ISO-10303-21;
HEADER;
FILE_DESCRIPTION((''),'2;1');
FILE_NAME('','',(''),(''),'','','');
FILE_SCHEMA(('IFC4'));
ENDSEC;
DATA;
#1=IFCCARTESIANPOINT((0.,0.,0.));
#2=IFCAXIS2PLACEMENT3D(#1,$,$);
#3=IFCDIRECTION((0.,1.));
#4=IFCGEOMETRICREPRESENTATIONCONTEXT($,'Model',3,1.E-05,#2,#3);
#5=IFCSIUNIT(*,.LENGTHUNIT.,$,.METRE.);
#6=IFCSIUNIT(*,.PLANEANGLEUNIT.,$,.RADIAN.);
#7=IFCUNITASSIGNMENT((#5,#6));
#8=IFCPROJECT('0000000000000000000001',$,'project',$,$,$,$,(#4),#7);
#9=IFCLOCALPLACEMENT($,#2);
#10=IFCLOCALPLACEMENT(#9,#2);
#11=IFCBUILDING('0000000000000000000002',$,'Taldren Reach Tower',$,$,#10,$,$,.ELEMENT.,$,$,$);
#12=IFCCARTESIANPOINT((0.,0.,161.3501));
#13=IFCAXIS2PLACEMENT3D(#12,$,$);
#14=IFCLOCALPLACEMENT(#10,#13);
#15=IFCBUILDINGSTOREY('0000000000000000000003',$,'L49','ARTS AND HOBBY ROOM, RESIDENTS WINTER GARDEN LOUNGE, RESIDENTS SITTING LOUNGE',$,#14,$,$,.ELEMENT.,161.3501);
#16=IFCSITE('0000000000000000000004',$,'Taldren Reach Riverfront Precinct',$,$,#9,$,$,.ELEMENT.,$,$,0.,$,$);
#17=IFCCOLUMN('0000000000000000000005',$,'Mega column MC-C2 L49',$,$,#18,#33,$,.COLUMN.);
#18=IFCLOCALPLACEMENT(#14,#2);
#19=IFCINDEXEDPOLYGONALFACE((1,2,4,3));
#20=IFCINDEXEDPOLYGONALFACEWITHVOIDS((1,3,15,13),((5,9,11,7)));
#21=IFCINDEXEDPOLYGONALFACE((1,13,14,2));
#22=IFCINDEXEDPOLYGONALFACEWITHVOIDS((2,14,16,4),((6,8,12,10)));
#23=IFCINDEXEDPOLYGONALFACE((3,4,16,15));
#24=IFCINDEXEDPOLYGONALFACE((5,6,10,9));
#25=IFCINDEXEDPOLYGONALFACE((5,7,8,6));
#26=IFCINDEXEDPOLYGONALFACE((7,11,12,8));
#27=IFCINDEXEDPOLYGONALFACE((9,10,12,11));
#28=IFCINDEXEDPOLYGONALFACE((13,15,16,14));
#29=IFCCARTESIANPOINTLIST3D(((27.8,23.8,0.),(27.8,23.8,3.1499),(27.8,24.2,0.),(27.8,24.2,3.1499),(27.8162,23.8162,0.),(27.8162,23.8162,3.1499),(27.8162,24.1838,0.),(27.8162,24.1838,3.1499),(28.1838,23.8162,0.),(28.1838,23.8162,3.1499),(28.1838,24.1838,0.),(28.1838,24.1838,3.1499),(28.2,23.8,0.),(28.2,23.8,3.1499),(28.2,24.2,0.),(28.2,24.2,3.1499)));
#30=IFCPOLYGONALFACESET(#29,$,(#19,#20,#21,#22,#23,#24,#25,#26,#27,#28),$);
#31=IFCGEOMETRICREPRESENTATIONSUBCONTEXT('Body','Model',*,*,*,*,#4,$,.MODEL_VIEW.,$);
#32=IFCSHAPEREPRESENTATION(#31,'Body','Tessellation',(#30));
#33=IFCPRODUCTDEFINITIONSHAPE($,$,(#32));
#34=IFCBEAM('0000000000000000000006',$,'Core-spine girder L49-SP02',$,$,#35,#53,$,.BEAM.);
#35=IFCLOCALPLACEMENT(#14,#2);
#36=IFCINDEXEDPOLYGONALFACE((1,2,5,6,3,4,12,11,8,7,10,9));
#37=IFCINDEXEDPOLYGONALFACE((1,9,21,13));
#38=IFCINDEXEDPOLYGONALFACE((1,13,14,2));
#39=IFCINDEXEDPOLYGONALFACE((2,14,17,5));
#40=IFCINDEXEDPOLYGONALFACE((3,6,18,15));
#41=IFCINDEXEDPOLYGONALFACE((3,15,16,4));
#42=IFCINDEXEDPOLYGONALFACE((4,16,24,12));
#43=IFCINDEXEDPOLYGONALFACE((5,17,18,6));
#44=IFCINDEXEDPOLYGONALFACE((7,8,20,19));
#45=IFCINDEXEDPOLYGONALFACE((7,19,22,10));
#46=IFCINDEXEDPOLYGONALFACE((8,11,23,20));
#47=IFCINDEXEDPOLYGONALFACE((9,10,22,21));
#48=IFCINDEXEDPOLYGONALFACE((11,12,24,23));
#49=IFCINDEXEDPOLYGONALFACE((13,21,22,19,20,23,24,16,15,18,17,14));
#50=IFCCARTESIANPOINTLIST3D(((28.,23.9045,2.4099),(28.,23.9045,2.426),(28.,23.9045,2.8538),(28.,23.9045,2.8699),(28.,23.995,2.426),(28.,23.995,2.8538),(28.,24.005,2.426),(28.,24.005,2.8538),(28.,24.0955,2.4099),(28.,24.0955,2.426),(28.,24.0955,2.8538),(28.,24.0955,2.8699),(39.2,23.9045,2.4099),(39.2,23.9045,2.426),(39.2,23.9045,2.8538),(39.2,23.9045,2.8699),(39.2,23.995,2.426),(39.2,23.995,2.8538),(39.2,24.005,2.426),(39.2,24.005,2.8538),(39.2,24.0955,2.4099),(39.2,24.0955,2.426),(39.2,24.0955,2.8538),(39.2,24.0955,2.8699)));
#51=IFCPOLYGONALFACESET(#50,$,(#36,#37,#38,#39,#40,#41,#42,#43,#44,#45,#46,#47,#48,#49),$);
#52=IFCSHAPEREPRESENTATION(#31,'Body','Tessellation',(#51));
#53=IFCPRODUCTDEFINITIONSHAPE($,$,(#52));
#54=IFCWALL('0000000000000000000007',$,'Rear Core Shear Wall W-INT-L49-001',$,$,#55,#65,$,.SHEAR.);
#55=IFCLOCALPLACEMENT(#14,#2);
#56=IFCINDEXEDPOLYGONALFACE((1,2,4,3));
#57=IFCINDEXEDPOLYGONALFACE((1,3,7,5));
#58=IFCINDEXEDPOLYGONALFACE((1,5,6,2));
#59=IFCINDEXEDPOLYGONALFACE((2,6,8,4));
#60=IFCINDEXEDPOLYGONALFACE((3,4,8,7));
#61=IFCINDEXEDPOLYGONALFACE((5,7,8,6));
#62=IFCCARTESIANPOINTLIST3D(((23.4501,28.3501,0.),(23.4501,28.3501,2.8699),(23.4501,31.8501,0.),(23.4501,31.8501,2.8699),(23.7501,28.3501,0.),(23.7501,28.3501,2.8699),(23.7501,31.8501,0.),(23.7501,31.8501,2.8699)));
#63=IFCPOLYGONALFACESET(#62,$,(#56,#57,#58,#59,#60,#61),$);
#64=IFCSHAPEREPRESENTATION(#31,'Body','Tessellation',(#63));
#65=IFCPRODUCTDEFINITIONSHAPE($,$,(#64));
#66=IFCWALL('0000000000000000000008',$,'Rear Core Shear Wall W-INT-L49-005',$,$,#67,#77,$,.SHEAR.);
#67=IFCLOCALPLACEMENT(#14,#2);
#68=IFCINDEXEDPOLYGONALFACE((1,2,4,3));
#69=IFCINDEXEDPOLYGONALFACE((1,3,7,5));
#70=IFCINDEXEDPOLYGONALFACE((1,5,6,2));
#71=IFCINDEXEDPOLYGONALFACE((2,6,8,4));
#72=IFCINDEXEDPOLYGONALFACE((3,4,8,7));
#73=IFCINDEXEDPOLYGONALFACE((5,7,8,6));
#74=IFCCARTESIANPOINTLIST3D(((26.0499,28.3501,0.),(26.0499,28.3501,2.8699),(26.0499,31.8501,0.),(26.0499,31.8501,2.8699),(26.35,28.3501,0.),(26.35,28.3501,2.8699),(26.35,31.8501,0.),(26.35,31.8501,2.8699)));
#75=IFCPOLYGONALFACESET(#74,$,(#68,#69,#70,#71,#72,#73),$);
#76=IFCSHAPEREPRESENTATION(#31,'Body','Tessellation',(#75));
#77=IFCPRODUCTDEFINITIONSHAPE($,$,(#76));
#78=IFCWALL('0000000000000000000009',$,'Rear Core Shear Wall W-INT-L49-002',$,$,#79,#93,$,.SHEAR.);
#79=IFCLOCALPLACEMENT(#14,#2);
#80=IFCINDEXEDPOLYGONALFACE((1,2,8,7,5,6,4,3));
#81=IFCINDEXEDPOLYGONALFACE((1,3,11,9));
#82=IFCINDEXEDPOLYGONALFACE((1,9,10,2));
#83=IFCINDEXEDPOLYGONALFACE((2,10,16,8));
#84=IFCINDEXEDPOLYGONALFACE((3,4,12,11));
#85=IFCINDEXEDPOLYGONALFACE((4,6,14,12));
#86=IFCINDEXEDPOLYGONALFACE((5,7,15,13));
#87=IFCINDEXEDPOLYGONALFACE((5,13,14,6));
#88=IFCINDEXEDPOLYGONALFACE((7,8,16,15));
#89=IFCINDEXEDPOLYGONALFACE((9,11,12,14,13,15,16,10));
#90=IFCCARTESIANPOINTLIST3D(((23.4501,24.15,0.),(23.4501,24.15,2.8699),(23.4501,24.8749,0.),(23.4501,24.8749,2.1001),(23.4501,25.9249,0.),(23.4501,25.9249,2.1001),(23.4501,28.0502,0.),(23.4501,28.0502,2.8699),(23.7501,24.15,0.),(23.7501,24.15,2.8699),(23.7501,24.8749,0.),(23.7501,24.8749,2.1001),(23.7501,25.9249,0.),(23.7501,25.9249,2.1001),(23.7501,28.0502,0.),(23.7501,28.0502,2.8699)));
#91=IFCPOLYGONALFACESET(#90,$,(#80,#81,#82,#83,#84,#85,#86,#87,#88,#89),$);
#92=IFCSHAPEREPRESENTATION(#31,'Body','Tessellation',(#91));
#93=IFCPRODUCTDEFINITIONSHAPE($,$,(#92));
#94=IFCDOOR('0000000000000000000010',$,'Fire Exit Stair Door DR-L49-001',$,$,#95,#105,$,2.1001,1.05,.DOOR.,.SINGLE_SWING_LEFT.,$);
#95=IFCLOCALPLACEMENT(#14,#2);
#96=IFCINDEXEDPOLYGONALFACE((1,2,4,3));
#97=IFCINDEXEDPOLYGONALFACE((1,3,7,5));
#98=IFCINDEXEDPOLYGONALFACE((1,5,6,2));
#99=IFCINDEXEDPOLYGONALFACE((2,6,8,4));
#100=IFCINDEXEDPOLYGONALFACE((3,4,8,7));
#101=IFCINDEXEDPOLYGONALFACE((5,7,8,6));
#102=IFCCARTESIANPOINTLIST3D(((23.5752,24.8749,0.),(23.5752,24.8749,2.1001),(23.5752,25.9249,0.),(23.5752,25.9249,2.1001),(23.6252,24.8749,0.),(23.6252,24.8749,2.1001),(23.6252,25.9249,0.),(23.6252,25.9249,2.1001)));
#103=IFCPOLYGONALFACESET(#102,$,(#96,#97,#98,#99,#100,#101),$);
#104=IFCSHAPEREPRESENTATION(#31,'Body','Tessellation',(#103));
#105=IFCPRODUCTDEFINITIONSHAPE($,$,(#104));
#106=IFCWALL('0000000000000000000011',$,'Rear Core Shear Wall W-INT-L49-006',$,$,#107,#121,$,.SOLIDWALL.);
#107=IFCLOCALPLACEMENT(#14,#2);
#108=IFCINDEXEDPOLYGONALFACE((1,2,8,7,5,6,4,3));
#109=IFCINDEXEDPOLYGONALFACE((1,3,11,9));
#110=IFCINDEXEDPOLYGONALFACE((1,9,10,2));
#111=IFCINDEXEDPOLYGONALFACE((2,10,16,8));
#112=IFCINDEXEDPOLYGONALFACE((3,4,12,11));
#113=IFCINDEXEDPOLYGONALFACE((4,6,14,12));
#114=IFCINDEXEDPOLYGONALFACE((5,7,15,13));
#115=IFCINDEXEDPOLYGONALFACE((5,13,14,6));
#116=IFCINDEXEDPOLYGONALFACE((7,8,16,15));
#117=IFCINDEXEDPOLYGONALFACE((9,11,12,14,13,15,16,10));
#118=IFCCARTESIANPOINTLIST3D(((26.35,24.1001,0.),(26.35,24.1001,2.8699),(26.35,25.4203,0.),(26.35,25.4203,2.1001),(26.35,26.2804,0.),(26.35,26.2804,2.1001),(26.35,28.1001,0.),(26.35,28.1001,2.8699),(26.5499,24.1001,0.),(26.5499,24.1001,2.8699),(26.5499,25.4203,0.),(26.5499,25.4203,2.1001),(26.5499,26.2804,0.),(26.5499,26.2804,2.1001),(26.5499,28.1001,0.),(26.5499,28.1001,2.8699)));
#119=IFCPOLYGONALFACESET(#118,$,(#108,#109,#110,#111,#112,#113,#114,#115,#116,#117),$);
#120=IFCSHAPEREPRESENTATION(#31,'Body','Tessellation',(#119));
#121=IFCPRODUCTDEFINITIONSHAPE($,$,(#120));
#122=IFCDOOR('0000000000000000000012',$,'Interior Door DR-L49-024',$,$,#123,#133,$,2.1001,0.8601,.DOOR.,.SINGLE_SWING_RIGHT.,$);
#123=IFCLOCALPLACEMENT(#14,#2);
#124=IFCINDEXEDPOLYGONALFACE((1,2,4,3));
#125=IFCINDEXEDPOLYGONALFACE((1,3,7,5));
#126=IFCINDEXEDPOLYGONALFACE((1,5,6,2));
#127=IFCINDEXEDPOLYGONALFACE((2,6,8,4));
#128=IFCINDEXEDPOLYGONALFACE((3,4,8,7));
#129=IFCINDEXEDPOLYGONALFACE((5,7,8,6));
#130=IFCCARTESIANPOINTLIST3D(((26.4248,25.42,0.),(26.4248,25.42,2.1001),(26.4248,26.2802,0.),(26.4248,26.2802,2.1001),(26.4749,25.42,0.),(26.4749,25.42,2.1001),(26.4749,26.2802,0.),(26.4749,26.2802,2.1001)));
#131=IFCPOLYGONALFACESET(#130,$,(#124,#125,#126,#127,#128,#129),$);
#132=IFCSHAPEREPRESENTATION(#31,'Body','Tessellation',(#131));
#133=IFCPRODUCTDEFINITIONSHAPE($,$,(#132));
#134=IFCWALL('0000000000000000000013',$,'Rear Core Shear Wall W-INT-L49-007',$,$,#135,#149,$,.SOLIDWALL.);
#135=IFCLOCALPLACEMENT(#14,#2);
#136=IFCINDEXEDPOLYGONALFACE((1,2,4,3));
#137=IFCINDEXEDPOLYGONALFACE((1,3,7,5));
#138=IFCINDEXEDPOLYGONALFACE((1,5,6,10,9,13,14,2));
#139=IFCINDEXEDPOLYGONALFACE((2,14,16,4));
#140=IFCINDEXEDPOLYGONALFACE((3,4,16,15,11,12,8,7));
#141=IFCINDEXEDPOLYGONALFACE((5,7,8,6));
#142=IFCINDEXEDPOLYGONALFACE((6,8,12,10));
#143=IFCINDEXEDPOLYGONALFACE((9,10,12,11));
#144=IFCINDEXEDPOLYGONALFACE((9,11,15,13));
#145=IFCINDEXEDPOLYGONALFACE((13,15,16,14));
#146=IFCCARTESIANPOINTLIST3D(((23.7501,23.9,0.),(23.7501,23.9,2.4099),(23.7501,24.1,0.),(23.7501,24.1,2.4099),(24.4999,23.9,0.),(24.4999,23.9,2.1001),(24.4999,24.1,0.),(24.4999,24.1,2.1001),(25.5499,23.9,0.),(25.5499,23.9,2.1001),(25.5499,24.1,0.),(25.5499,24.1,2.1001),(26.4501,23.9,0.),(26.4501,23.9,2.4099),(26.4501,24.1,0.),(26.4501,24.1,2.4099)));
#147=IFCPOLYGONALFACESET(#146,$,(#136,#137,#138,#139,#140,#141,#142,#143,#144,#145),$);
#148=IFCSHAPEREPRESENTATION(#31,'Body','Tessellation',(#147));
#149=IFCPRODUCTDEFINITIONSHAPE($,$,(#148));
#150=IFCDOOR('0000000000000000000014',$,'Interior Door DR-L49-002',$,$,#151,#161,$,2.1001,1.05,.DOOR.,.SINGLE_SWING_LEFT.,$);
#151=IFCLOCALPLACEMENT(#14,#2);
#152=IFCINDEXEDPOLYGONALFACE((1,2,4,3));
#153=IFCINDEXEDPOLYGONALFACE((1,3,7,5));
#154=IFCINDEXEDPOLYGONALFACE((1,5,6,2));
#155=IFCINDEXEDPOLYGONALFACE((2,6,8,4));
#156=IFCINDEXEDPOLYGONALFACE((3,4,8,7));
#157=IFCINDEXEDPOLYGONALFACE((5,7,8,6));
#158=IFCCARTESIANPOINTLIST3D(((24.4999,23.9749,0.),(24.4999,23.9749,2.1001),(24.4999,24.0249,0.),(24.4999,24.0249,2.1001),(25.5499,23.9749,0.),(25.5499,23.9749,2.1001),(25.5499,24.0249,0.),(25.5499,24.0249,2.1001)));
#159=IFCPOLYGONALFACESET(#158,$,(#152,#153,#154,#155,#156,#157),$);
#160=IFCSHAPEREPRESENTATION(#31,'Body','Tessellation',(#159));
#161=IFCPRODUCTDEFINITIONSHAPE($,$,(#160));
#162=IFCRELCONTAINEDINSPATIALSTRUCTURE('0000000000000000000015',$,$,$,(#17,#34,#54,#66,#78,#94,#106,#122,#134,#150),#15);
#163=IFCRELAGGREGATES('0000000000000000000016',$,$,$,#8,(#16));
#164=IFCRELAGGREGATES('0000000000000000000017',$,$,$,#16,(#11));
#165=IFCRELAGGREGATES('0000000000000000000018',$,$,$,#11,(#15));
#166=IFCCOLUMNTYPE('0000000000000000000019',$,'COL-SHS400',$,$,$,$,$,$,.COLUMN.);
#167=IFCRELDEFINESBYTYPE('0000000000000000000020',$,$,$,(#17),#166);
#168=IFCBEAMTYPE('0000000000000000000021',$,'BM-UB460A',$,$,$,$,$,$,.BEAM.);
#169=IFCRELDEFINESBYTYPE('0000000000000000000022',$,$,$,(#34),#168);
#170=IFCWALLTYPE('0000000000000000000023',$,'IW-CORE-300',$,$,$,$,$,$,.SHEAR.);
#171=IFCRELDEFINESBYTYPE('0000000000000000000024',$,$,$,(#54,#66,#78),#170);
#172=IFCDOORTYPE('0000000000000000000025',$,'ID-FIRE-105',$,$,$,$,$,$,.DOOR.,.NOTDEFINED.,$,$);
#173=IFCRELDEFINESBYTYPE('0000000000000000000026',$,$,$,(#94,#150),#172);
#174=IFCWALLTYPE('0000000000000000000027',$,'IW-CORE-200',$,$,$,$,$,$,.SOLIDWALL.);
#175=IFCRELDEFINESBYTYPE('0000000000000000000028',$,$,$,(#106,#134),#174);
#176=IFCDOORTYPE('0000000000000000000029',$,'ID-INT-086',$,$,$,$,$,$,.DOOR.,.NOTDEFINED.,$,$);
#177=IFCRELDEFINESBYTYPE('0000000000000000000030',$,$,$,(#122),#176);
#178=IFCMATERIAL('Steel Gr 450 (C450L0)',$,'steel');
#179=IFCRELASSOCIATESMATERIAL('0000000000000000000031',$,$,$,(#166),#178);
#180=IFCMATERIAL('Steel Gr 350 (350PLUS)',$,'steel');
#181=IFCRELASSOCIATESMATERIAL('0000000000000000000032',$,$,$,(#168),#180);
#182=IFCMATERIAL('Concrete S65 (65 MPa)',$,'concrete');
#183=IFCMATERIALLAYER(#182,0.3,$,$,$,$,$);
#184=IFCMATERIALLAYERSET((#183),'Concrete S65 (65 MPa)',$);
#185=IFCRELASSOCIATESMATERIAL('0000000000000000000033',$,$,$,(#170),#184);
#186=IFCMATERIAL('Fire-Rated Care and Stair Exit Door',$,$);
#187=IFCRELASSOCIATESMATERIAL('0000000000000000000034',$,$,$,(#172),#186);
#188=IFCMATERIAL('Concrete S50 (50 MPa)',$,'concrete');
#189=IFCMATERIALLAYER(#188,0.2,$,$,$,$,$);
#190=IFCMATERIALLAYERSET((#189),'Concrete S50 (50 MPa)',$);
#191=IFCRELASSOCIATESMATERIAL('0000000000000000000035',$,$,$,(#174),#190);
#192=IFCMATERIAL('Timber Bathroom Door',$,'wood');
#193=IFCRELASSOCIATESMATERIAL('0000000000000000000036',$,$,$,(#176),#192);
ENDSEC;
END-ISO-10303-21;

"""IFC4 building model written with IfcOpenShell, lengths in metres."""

from ifc_helpers import new_model, si_unit, direction, frame, frame_2d, origin, origin_2d, place, context, subcontext, project, spatial, rectangle, hollow_rectangle, i_section, extrude, source, transform, mapped, material, layer, layer_set, material_profile, profile_set, type_object, element, fill, save


model = new_model("IFC4")

# Units and contexts
model_context = context("Model", 3, precision=1e-05, world=origin(), true_north=direction((0.0, 1.0)))
body_context = subcontext(model_context, "Body", "Model", "MODEL_VIEW")
ifc_project = project(units=[si_unit("LENGTHUNIT", "METRE"), si_unit("PLANEANGLEUNIT", "RADIAN")], contexts=[model_context])

# Site, building, storey
site_placement = place(None, origin())
site = spatial("IfcSite", under=ifc_project, at=site_placement, Name="Taldren Reach Riverfront Precinct", CompositionType="ELEMENT", RefElevation=0.0)
building_placement = place(site_placement, origin())
building = spatial("IfcBuilding", under=site, at=building_placement, Name="Taldren Reach Tower", CompositionType="ELEMENT")
storey_placement = place(building_placement, frame((0.0, 0.0, 161.3501)))
storey = spatial("IfcBuildingStorey", under=building, at=storey_placement, Name="L49", Description="ARTS AND HOBBY ROOM, RESIDENTS WINTER GARDEN LOUNGE, RESIDENTS SITTING LOUNGE", CompositionType="ELEMENT", Elevation=161.3501)

# Column
ifc_material_1 = material(Name="Steel Gr 450 (C450L0)", Category="steel")
ifc_material_profile_1 = material_profile(ifc_material_1, hollow_rectangle(XDim=0.3999, YDim=0.3999, WallThickness=0.0161, at=origin_2d()), Name="400x400x16.0SHS")
ifc_profile_set_1 = profile_set([ifc_material_profile_1], Name="Steel Gr 450 (C450L0)")
column_type = type_object("IfcColumnType", Name="COL-SHS400", PredefinedType="COLUMN", material=ifc_profile_set_1)
shared_shape_1 = source(origin(), body_context, "Body", "SweptSolid", [
    extrude(hollow_rectangle(XDim=0.3999, YDim=0.3999, WallThickness=0.0161, at=origin_2d()), origin(), (0.0, 0.0, 1.0), 3.1499),
])
column_placement = place(storey_placement, frame((28.0, 24.0, 0.0), z_axis=(0.0, 0.0, 1.0), x_axis=(1.0, 0.0, 0.0)))
element("IfcColumn", 1, at=column_placement, inside=storey, type_object=column_type, Name="Mega column MC-C2 L49", PredefinedType="COLUMN", context=body_context, shape_type="MappedRepresentation", body=[
    mapped(shared_shape_1, transform((0.0, 0.0, 0.0), scale=1.0)),
])

# Beam
ifc_material_2 = material(Name="Steel Gr 350 (350PLUS)", Category="steel")
ifc_material_profile_2 = material_profile(ifc_material_2, i_section(OverallWidth=0.1909, OverallDepth=0.46, WebThickness=0.01, FlangeThickness=0.0161, at=origin_2d()), Name="460UB82.1")
ifc_profile_set_2 = profile_set([ifc_material_profile_2], Name="Steel Gr 350 (350PLUS)")
beam_type = type_object("IfcBeamType", Name="BM-UB460A", PredefinedType="BEAM", material=ifc_profile_set_2)
shared_shape_2 = source(origin(), body_context, "Body", "SweptSolid", [
    extrude(i_section(OverallWidth=0.1909, OverallDepth=0.46, WebThickness=0.01, FlangeThickness=0.0161, at=origin_2d()), origin(), (0.0, 0.0, 1.0), 11.2),
])
beam_placement = place(storey_placement, frame((28.0, 24.0, 2.6399), z_axis=(1.0, 0.0, 0.0), x_axis=(0.0, 1.0, 0.0)))
element("IfcBeam", 2, at=beam_placement, inside=storey, type_object=beam_type, Name="Core-spine girder L49-SP02", PredefinedType="BEAM", context=body_context, shape_type="MappedRepresentation", body=[
    mapped(shared_shape_2, transform((0.0, 0.0, 0.0), scale=1.0)),
])

# Walls
ifc_material_3 = material(Name="Concrete S65 (65 MPa)", Category="concrete")
ifc_layer_1 = layer(ifc_material_3, 0.3)
ifc_layer_set_1 = layer_set([ifc_layer_1], Name="Concrete S65 (65 MPa)")
wall_type_1 = type_object("IfcWallType", Name="IW-CORE-300", PredefinedType="SHEAR", material=ifc_layer_set_1)
shared_shape_3 = source(origin(), body_context, "Body", "SweptSolid", [
    extrude(rectangle(XDim=3.5, YDim=0.3, at=frame_2d((1.75, 0.0))), origin(), (0.0, 0.0, 1.0), 2.8699),
])
for number, where, z_axis, x_axis, name in (
    (3, (23.6001, 28.3501, 0.0), (0.0, 0.0, 1.0), (0.0, 1.0, 0.0), "Rear Core Shear Wall W-INT-L49-001"),
    (4, (26.2, 28.3501, 0.0), (0.0, 0.0, 1.0), (0.0, 1.0, 0.0), "Rear Core Shear Wall W-INT-L49-005"),
):
    element("IfcWall", number, at=place(storey_placement, frame(where, z_axis=z_axis, x_axis=x_axis)), inside=storey, type_object=wall_type_1, Name=name, PredefinedType="SHEAR", context=body_context, shape_type="MappedRepresentation", body=[
        mapped(shared_shape_3, transform((0.0, 0.0, 0.0), scale=1.0)),
    ])

# Walls, openings, doors
shared_shape_4 = source(origin(), body_context, "Body", "SweptSolid", [
    extrude(rectangle(XDim=3.9001, YDim=0.3, at=frame_2d((1.9502, 0.0))), origin(), (0.0, 0.0, 1.0), 2.8699),
])
wall_1_placement = place(storey_placement, frame((23.6001, 24.1499, 0.0), z_axis=(0.0, 0.0, 1.0), x_axis=(0.0, 1.0, 0.0)))
wall_1 = element("IfcWall", 5, at=wall_1_placement, inside=storey, type_object=wall_type_1, Name="Rear Core Shear Wall W-INT-L49-002", PredefinedType="SHEAR", context=body_context, shape_type="MappedRepresentation", body=[
    mapped(shared_shape_4, transform((0.0, 0.0, 0.0), scale=1.0)),
])
shared_shape_5 = source(origin(), body_context, "Body", "SweptSolid", [
    extrude(rectangle(XDim=1.05, YDim=2.1001, at=frame_2d((0.5249, 1.05))), frame((0.0, 0.1602, 0.0), z_axis=(0.0, -1.0, 0.0), x_axis=(1.0, 0.0, 0.0)), (0.0, 0.0, 1.0), 0.3201),
])
opening_1_placement = place(wall_1_placement, frame((0.7251, 0.0, 0.0)))
opening_1 = element("IfcOpeningElement", 6, at=opening_1_placement, cuts=wall_1, PredefinedType="OPENING", context=body_context, shape_type="MappedRepresentation", body=[
    mapped(shared_shape_5, transform((0.0, 0.0, 0.0), scale=1.0)),
])
ifc_material_4 = material(Name="Fire-Rated Care and Stair Exit Door")
door_type_1 = type_object("IfcDoorType", Name="ID-FIRE-105", OperationType="NOTDEFINED", PredefinedType="DOOR", material=ifc_material_4)
shared_shape_6 = source(origin(), body_context, "Body", "SweptSolid", [
    extrude(rectangle(XDim=1.05, YDim=2.1001, at=frame_2d((0.5249, 1.05))), frame((0.0, 0.0249, 0.0), z_axis=(0.0, -1.0, 0.0), x_axis=(1.0, 0.0, 0.0)), (0.0, 0.0, 1.0), 0.05),
])
door_1_placement = place(opening_1_placement, origin())
door_1 = element("IfcDoor", 7, at=door_1_placement, inside=storey, type_object=door_type_1, Name="Fire Exit Stair Door DR-L49-001", OperationType="SINGLE_SWING_LEFT", OverallHeight=2.1001, OverallWidth=1.05, PredefinedType="DOOR", context=body_context, shape_type="MappedRepresentation", body=[
    mapped(shared_shape_6, transform((0.0, 0.0, 0.0), scale=1.0)),
])
fill(opening_1, door_1)
ifc_material_5 = material(Name="Concrete S50 (50 MPa)", Category="concrete")
ifc_layer_2 = layer(ifc_material_5, 0.2)
ifc_layer_set_2 = layer_set([ifc_layer_2], Name="Concrete S50 (50 MPa)")
wall_type_2 = type_object("IfcWallType", Name="IW-CORE-200", PredefinedType="SOLIDWALL", material=ifc_layer_set_2)
shared_shape_7 = source(origin(), body_context, "Body", "SweptSolid", [
    extrude(rectangle(XDim=4.0, YDim=0.2, at=frame_2d((2.0, 0.0))), origin(), (0.0, 0.0, 1.0), 2.8699),
])
wall_2_placement = place(storey_placement, frame((26.45, 24.1001, 0.0), z_axis=(0.0, 0.0, 1.0), x_axis=(0.0, 1.0, 0.0)))
wall_2 = element("IfcWall", 8, at=wall_2_placement, inside=storey, type_object=wall_type_2, Name="Rear Core Shear Wall W-INT-L49-006", PredefinedType="SOLIDWALL", context=body_context, shape_type="MappedRepresentation", body=[
    mapped(shared_shape_7, transform((0.0, 0.0, 0.0), scale=1.0)),
])
shared_shape_8 = source(origin(), body_context, "Body", "SweptSolid", [
    extrude(rectangle(XDim=0.8601, YDim=2.1001, at=frame_2d((0.4302, 1.05))), frame((0.0, 0.1099, 0.0), z_axis=(0.0, -1.0, 0.0), x_axis=(1.0, 0.0, 0.0)), (0.0, 0.0, 1.0), 0.22),
])
opening_2_placement = place(wall_2_placement, frame((1.3201, 0.0, 0.0)))
opening_2 = element("IfcOpeningElement", 9, at=opening_2_placement, cuts=wall_2, PredefinedType="OPENING", context=body_context, shape_type="MappedRepresentation", body=[
    mapped(shared_shape_8, transform((0.0, 0.0, 0.0), scale=1.0)),
])
ifc_material_6 = material(Name="Timber Bathroom Door", Category="wood")
door_type_2 = type_object("IfcDoorType", Name="ID-INT-086", OperationType="NOTDEFINED", PredefinedType="DOOR", material=ifc_material_6)
shared_shape_9 = source(origin(), body_context, "Body", "SweptSolid", [
    extrude(rectangle(XDim=0.8601, YDim=2.1001, at=frame_2d((0.4302, 1.05))), frame((0.0, 0.0249, 0.0), z_axis=(0.0, -1.0, 0.0), x_axis=(1.0, 0.0, 0.0)), (0.0, 0.0, 1.0), 0.05),
])
door_2_placement = place(opening_2_placement, frame((0.8601, 0.0, 0.0), z_axis=(0.0, 0.0, 1.0), x_axis=(-1.0, 0.0, 0.0)))
door_2 = element("IfcDoor", 10, at=door_2_placement, inside=storey, type_object=door_type_2, Name="Interior Door DR-L49-024", OperationType="SINGLE_SWING_RIGHT", OverallHeight=2.1001, OverallWidth=0.8601, PredefinedType="DOOR", context=body_context, shape_type="MappedRepresentation", body=[
    mapped(shared_shape_9, transform((0.0, 0.0, 0.0), scale=1.0)),
])
fill(opening_2, door_2)
shared_shape_10 = source(origin(), body_context, "Body", "SweptSolid", [
    extrude(rectangle(XDim=2.7, YDim=0.2, at=frame_2d((1.3501, 0.0))), origin(), (0.0, 0.0, 1.0), 2.4099),
])
wall_3_placement = place(storey_placement, frame((23.75, 24.0, 0.0), z_axis=(0.0, 0.0, 1.0), x_axis=(1.0, 0.0, 0.0)))
wall_3 = element("IfcWall", 11, at=wall_3_placement, inside=storey, type_object=wall_type_2, Name="Rear Core Shear Wall W-INT-L49-007", PredefinedType="SOLIDWALL", context=body_context, shape_type="MappedRepresentation", body=[
    mapped(shared_shape_10, transform((0.0, 0.0, 0.0), scale=1.0)),
])
shared_shape_11 = source(origin(), body_context, "Body", "SweptSolid", [
    extrude(rectangle(XDim=1.05, YDim=2.1001, at=frame_2d((0.5249, 1.05))), frame((0.0, 0.1099, 0.0), z_axis=(0.0, -1.0, 0.0), x_axis=(1.0, 0.0, 0.0)), (0.0, 0.0, 1.0), 0.22),
])
opening_3_placement = place(wall_3_placement, frame((0.75, 0.0, 0.0)))
opening_3 = element("IfcOpeningElement", 12, at=opening_3_placement, cuts=wall_3, PredefinedType="OPENING", context=body_context, shape_type="MappedRepresentation", body=[
    mapped(shared_shape_11, transform((0.0, 0.0, 0.0), scale=1.0)),
])
door_3_placement = place(opening_3_placement, origin())
door_3 = element("IfcDoor", 13, at=door_3_placement, inside=storey, type_object=door_type_1, Name="Interior Door DR-L49-002", OperationType="SINGLE_SWING_LEFT", OverallHeight=2.1001, OverallWidth=1.05, PredefinedType="DOOR", context=body_context, shape_type="MappedRepresentation", body=[
    mapped(shared_shape_6, transform((0.0, 0.0, 0.0), scale=1.0)),
])
fill(opening_3, door_3)

save(model, "model.ifc")
